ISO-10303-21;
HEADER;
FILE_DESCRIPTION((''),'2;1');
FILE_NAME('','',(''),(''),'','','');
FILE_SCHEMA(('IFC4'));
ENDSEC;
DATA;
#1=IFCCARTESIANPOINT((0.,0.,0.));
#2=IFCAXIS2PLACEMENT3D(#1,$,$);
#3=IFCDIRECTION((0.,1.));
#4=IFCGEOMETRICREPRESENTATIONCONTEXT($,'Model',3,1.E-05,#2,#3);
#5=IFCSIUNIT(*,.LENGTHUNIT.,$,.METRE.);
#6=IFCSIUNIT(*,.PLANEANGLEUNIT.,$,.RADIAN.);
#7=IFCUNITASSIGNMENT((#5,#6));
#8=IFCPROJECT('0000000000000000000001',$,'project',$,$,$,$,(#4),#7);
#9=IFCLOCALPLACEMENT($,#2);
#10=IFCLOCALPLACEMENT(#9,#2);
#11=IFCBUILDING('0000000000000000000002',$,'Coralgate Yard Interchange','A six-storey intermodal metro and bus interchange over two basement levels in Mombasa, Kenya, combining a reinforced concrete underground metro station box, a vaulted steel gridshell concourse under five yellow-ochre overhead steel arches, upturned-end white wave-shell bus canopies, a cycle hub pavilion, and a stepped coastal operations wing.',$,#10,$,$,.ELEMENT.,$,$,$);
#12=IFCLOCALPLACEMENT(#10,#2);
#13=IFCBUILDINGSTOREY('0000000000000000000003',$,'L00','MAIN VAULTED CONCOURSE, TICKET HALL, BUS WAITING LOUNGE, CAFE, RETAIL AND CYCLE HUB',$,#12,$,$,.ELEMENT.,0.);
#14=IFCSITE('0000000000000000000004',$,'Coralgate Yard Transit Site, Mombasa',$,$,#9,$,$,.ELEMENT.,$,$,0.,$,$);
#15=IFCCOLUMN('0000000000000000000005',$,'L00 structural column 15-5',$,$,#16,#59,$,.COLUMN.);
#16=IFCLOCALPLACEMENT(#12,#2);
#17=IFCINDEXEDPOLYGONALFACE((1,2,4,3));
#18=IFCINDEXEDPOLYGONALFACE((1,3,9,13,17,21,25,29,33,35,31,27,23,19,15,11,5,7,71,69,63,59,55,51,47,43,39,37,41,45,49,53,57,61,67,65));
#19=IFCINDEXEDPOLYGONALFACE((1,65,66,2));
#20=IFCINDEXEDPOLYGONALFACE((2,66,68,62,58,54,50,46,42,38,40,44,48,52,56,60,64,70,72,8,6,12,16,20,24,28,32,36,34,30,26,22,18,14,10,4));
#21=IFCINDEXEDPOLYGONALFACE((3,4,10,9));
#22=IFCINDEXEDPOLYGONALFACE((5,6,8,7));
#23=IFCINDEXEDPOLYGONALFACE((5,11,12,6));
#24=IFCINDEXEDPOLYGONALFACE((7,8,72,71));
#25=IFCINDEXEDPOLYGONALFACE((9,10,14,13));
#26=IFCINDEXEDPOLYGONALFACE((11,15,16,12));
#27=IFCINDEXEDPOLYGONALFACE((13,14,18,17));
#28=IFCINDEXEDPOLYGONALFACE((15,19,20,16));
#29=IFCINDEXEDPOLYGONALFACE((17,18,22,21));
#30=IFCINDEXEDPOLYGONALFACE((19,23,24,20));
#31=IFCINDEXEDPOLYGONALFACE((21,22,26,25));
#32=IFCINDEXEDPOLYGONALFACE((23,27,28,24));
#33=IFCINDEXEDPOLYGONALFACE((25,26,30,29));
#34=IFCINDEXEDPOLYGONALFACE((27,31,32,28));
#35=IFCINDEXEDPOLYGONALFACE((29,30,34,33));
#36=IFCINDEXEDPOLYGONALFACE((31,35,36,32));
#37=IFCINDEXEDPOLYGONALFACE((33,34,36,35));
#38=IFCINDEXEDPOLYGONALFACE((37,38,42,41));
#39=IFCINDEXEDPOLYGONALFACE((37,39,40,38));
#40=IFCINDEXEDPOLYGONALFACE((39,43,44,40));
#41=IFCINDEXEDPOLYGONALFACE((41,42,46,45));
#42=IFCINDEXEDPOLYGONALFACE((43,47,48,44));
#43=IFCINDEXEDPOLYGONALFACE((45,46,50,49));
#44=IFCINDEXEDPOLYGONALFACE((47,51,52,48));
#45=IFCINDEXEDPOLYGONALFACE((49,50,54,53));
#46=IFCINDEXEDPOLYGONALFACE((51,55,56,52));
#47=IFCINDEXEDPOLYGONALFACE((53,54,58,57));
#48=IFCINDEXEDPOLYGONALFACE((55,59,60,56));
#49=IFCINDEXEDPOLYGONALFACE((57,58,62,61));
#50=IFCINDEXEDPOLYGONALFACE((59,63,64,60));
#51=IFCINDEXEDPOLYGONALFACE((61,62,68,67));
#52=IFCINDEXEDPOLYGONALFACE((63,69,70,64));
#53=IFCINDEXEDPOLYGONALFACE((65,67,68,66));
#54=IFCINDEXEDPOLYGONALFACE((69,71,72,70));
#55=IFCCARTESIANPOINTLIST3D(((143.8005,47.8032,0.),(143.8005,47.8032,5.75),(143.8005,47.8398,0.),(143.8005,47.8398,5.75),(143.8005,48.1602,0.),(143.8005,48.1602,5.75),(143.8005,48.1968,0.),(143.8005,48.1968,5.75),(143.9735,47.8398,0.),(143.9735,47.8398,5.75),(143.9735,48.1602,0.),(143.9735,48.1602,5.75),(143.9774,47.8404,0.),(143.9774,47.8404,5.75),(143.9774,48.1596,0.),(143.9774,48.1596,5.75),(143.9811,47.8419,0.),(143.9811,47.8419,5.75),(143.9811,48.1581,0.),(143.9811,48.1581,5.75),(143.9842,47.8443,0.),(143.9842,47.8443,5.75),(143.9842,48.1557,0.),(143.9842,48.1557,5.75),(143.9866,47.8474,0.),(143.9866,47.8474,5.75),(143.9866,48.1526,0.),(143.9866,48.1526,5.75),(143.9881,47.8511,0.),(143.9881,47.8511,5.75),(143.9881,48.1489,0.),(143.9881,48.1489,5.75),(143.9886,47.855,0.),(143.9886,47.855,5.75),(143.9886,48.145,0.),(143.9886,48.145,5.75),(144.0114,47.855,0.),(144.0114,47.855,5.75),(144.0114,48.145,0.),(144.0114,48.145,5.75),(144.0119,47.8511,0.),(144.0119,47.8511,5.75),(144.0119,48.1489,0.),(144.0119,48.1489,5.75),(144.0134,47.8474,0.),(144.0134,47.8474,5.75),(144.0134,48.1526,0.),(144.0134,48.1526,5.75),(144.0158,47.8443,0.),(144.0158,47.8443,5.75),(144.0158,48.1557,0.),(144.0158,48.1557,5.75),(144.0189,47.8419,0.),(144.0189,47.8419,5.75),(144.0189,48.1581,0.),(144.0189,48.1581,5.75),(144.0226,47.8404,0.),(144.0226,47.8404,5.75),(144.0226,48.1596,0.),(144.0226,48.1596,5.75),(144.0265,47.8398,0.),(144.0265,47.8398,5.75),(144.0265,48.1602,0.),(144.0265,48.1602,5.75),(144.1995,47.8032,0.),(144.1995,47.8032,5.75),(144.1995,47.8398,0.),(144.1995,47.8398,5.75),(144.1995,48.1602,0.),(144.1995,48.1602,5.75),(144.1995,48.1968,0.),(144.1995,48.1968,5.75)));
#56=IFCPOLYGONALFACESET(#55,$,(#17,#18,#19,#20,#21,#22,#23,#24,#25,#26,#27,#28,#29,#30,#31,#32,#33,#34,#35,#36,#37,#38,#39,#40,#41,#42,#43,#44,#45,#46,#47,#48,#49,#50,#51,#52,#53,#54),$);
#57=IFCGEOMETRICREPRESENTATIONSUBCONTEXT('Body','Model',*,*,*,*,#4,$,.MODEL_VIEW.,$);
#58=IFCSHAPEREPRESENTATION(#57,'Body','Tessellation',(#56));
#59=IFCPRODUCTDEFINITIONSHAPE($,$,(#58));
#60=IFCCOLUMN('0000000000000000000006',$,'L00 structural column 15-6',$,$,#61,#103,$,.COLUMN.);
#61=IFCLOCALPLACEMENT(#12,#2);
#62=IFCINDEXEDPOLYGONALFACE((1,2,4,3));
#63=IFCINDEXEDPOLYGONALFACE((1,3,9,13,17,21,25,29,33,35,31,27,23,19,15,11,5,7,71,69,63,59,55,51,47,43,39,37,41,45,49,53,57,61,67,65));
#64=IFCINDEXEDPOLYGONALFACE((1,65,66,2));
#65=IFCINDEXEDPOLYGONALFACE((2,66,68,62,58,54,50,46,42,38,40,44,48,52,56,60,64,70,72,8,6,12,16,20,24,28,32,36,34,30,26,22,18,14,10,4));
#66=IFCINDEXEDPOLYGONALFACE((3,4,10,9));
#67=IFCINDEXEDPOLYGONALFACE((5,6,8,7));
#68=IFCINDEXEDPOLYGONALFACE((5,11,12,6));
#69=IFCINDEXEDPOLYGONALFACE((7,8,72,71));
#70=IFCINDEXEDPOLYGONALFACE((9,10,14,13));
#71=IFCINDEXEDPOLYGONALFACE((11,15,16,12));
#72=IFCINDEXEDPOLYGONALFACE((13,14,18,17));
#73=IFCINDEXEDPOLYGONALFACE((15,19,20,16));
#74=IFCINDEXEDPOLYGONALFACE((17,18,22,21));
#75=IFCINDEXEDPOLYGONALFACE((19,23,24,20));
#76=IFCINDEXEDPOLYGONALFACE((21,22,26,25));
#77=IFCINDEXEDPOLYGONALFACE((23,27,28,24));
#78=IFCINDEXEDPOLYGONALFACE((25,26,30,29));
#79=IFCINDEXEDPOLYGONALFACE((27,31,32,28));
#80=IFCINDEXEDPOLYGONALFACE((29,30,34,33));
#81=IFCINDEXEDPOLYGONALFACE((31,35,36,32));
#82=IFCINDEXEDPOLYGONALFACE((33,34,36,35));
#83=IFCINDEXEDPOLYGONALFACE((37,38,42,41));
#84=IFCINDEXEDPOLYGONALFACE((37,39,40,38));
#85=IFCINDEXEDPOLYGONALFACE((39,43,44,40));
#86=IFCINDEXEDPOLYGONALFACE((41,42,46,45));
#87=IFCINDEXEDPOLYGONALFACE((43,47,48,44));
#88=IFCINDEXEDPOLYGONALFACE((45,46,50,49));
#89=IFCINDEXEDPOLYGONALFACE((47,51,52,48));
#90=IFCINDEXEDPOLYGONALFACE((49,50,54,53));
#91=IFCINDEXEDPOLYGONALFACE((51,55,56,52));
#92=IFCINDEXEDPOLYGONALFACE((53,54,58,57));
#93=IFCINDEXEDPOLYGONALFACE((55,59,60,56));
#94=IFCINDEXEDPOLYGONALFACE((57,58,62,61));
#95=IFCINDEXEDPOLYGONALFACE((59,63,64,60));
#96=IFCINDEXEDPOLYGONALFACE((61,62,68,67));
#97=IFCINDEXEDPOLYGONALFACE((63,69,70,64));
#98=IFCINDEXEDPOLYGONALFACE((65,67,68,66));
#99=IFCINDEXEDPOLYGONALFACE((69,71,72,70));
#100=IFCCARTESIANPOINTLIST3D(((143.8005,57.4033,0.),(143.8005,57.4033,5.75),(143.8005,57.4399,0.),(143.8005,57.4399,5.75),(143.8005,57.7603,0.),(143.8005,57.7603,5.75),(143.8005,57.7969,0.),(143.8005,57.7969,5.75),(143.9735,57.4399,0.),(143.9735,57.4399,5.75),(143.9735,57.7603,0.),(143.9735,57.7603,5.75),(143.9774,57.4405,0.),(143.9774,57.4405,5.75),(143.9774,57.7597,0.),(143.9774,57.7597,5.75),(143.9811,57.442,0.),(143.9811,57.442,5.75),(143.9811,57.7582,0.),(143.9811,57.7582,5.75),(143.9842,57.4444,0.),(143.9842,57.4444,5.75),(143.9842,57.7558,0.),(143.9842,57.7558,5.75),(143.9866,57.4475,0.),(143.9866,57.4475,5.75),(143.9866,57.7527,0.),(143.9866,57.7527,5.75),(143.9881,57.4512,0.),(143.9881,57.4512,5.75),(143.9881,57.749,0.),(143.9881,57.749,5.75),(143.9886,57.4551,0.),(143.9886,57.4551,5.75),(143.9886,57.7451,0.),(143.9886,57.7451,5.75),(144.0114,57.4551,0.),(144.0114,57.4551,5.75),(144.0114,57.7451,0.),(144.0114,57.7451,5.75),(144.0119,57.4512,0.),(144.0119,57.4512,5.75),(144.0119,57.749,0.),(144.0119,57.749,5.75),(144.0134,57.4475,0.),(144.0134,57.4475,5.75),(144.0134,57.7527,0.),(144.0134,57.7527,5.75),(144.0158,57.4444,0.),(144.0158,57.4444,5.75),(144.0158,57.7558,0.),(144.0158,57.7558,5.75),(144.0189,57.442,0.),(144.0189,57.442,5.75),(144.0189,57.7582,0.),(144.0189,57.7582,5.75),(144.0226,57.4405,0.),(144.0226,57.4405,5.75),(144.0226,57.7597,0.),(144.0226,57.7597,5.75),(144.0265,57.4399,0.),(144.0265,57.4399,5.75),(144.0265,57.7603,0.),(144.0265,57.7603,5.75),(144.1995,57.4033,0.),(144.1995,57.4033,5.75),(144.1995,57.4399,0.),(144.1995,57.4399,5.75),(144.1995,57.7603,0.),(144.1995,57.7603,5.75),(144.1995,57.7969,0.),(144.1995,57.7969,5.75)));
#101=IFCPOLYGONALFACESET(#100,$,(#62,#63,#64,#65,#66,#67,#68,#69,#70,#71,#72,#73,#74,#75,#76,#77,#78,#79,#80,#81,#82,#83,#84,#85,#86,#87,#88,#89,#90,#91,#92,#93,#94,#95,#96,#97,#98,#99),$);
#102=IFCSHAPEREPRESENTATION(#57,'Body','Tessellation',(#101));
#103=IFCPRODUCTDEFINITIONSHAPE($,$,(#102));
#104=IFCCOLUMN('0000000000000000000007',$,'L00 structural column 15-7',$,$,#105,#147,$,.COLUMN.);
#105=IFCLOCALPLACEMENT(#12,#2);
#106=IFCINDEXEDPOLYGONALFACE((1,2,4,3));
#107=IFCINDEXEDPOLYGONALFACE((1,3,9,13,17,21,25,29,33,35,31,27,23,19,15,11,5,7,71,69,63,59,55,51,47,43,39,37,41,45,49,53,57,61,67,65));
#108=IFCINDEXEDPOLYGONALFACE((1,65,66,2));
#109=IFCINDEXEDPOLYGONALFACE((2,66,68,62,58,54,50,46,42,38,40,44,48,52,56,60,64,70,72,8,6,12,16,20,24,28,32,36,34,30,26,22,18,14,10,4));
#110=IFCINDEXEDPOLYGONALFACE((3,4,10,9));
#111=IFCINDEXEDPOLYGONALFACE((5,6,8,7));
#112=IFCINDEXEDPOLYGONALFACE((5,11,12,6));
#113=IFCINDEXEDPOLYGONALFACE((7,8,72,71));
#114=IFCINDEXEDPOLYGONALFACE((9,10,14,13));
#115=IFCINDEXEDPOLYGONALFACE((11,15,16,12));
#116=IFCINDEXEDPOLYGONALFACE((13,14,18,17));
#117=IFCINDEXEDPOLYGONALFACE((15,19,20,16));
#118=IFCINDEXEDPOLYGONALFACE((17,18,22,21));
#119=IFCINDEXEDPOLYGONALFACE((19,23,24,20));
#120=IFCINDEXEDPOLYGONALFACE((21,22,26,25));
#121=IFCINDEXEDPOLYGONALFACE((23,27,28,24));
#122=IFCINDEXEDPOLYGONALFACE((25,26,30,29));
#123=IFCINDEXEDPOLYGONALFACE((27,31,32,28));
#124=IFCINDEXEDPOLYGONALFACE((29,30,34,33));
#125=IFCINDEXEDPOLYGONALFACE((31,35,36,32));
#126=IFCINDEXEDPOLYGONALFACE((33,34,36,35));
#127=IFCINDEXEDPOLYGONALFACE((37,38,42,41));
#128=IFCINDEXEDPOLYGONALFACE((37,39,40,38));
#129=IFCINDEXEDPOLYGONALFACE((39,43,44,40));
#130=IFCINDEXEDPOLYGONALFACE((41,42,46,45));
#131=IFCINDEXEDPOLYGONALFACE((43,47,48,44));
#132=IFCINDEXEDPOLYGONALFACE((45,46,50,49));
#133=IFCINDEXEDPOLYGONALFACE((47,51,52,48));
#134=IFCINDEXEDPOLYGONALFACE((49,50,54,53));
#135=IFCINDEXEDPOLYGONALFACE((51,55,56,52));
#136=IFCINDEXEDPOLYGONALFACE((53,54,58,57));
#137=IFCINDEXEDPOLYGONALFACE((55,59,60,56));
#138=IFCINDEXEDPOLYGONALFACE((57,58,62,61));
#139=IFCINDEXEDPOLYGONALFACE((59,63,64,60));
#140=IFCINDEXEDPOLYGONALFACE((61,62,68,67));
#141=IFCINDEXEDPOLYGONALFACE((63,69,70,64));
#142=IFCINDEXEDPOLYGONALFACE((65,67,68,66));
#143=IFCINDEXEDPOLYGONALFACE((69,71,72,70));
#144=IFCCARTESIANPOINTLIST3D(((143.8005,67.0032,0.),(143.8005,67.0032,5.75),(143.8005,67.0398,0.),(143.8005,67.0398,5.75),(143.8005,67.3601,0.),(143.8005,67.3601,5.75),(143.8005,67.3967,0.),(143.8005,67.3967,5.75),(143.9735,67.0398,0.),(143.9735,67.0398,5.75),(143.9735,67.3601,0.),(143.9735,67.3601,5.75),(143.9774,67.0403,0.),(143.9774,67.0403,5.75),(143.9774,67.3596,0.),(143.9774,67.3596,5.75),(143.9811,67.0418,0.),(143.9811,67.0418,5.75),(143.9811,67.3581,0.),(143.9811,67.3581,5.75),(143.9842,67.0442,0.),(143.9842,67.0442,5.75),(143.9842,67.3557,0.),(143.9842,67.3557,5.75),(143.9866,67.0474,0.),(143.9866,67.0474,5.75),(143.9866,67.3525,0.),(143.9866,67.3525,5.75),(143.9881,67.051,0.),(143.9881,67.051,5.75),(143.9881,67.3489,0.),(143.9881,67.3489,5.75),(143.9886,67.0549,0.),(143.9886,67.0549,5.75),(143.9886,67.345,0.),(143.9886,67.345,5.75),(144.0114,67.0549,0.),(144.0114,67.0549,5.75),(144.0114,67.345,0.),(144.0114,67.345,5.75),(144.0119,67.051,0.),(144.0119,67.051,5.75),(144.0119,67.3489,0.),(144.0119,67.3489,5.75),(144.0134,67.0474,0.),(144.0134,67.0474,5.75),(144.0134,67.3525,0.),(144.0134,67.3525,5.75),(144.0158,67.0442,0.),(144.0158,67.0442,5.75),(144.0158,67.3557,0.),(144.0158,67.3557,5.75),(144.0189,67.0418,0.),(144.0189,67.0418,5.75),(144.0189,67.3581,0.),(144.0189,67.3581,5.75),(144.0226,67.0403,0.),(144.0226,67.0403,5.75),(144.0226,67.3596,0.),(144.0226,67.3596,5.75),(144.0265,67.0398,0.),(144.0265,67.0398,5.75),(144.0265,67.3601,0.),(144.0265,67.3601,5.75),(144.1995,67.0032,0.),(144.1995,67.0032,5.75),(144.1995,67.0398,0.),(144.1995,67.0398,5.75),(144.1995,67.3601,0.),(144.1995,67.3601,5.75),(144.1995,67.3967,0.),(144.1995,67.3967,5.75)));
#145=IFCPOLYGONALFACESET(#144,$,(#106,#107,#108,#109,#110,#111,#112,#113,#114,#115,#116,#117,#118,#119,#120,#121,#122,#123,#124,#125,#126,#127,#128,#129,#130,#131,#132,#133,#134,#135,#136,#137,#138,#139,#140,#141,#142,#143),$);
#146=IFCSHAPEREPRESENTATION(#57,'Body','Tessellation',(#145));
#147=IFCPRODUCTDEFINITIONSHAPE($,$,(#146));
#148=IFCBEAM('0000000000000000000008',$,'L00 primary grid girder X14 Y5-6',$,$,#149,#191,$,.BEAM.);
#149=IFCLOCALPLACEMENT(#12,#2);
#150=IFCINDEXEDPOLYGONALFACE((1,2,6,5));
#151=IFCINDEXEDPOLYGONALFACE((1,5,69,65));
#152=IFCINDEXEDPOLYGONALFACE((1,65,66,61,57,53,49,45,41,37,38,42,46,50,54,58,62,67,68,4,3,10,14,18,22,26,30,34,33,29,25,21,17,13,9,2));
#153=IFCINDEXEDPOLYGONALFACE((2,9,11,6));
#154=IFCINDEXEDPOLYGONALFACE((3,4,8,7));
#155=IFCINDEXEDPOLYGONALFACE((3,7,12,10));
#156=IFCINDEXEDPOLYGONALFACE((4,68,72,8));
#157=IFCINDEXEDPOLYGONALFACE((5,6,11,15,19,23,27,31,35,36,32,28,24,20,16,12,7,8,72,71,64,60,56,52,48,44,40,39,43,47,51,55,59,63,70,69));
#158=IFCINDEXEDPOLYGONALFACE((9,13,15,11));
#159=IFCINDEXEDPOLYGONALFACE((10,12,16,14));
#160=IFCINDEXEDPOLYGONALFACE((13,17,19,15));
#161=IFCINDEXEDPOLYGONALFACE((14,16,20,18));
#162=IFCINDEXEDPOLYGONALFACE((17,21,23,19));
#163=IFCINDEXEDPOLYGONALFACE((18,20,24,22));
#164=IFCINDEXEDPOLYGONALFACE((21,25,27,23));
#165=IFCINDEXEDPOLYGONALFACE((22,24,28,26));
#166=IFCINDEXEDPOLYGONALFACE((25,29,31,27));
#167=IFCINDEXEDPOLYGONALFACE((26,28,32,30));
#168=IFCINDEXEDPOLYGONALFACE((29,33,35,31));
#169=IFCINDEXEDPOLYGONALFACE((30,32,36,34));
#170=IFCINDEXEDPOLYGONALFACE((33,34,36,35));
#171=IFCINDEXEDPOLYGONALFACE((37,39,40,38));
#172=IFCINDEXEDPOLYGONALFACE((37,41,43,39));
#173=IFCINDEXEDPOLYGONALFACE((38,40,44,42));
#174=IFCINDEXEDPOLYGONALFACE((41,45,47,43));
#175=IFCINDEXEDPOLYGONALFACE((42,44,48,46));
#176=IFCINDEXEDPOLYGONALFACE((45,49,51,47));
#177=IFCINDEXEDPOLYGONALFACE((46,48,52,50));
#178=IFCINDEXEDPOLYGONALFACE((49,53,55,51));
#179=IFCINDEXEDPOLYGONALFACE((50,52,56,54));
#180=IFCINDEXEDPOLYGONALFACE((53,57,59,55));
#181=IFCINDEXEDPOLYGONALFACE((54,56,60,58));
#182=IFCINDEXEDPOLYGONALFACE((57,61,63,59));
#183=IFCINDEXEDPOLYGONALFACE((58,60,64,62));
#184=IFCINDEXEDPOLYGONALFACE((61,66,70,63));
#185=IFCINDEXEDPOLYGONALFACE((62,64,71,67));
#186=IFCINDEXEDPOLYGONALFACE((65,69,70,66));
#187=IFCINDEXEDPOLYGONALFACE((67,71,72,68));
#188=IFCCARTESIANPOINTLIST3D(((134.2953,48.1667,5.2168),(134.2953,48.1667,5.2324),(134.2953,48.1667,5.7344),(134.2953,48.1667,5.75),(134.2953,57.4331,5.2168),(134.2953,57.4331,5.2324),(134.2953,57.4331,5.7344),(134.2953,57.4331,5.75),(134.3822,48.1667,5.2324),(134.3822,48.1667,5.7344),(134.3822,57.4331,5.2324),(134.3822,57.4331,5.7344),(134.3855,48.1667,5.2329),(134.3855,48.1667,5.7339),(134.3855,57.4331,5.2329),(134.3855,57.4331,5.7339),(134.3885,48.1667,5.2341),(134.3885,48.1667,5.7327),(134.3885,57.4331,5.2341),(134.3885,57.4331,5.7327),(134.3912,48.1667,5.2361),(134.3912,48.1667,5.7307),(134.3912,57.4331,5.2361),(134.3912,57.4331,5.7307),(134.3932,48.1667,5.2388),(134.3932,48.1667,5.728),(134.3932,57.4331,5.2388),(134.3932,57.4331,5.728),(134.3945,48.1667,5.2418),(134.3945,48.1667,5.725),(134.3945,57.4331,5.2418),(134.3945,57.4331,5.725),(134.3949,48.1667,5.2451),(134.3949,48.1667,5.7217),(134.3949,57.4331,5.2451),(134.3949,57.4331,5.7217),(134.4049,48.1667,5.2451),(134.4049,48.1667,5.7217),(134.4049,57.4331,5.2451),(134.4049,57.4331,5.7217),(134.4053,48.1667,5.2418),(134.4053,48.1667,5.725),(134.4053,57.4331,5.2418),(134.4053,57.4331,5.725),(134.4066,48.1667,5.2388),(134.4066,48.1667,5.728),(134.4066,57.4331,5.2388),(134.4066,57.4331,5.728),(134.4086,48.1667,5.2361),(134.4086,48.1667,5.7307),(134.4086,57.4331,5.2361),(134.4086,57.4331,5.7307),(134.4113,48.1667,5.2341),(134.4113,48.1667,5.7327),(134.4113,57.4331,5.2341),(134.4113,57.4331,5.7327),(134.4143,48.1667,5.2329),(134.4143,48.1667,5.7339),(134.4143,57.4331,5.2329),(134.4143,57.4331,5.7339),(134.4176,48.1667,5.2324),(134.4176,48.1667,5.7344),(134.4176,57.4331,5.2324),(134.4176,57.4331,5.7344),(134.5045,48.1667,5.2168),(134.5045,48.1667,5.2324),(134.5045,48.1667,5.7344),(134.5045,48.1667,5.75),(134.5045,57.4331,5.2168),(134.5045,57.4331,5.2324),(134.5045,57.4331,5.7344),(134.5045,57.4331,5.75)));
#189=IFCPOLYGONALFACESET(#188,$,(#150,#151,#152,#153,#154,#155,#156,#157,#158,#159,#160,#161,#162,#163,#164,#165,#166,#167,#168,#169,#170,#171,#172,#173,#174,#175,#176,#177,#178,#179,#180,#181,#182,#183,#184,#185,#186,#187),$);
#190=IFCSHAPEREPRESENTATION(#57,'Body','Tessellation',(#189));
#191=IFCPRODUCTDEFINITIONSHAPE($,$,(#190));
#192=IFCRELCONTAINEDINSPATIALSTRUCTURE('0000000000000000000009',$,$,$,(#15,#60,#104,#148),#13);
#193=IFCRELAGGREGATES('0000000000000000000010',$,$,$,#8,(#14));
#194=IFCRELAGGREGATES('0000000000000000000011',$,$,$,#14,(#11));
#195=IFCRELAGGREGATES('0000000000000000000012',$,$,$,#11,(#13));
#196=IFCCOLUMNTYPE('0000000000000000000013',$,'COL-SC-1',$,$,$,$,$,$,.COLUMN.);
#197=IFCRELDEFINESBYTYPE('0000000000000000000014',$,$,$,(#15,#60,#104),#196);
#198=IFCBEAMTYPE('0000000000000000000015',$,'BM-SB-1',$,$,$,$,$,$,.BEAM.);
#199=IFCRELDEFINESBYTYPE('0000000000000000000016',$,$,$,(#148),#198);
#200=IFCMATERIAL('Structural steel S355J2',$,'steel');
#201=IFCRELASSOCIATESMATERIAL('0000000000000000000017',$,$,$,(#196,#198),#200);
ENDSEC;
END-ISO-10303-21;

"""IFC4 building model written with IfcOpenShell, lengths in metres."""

from ifc_helpers import new_model, si_unit, direction, frame, origin, origin_2d, place, context, subcontext, project, spatial, i_section, extrude, material, material_profile, profile_set, type_object, element, save


model = new_model("IFC4")

# Units and contexts
model_context = context("Model", 3, precision=1e-05, world=origin(), true_north=direction((0.0, 1.0)))
body_context = subcontext(model_context, "Body", "Model", "MODEL_VIEW")
ifc_project = project(units=[si_unit("LENGTHUNIT", "METRE"), si_unit("PLANEANGLEUNIT", "RADIAN")], contexts=[model_context])

# Site, building, storey
site_placement = place(None, origin())
site = spatial("IfcSite", under=ifc_project, at=site_placement, Name="Coralgate Yard Transit Site, Mombasa", CompositionType="ELEMENT", RefElevation=0.0)
building_placement = place(site_placement, origin())
building = spatial("IfcBuilding", under=site, at=building_placement, Name="Coralgate Yard Interchange", Description="A six-storey intermodal metro and bus interchange over two basement levels in Mombasa, Kenya, combining a reinforced concrete underground metro station box, a vaulted steel gridshell concourse under five yellow-ochre overhead steel arches, upturned-end white wave-shell bus canopies, a cycle hub pavilion, and a stepped coastal operations wing.", CompositionType="ELEMENT")
storey_placement = place(building_placement, origin())
storey = spatial("IfcBuildingStorey", under=building, at=storey_placement, Name="L00", Description="MAIN VAULTED CONCOURSE, TICKET HALL, BUS WAITING LOUNGE, CAFE, RETAIL AND CYCLE HUB", CompositionType="ELEMENT", Elevation=0.0)

# Columns
ifc_material = material(Name="Structural steel S355J2", Category="steel")
ifc_material_profile_1 = material_profile(ifc_material, i_section(OverallWidth=0.3989, OverallDepth=0.3936, WebThickness=0.0227, FlangeThickness=0.0366, FilletRadius=0.0151, at=origin_2d()), Name="UC 356x406x287")
ifc_profile_set_1 = profile_set([ifc_material_profile_1], Name="Structural steel S355J2")
column_type = type_object("IfcColumnType", Name="COL-SC-1", PredefinedType="COLUMN", material=ifc_profile_set_1)
for number, where, z_axis, x_axis, name in (
    (1, (144.0, 48.0, 0.0), (0.0, 0.0, 1.0), (1.0, 0.0, 0.0), "L00 structural column 15-5"),
    (2, (144.0, 57.6001, 0.0), (0.0, 0.0, 1.0), (1.0, 0.0, 0.0), "L00 structural column 15-6"),
    (3, (144.0, 67.2, 0.0), (0.0, 0.0, 1.0), (1.0, 0.0, 0.0), "L00 structural column 15-7"),
):
    element("IfcColumn", number, at=place(storey_placement, frame(where, z_axis=z_axis, x_axis=x_axis)), inside=storey, type_object=column_type, Name=name, PredefinedType="COLUMN", context=body_context, shape_type="SweptSolid", body=[
        extrude(i_section(OverallWidth=0.3989, OverallDepth=0.3936, WebThickness=0.0227, FlangeThickness=0.0366, FilletRadius=0.0151, at=origin_2d()), origin(), (0.0, 0.0, 1.0), 5.75),
    ])

# Beam
ifc_material_profile_2 = material_profile(ifc_material, i_section(OverallWidth=0.2092, OverallDepth=0.5332, WebThickness=0.01, FlangeThickness=0.0156, FilletRadius=0.0127, at=origin_2d()), Name="UB 533x210x92")
ifc_profile_set_2 = profile_set([ifc_material_profile_2], Name="Structural steel S355J2")
beam_type_1 = type_object("IfcBeamType", Name="BM-SB-1", PredefinedType="BEAM", material=ifc_profile_set_2)
for number, where, z_axis, x_axis, name in (
    (4, (134.3999, 48.1667, 5.4834), (0.0, 1.0, 0.0), (-1.0, 0.0, 0.0), "L00 primary grid girder X14 Y5-6"),
):
    element("IfcBeam", number, at=place(storey_placement, frame(where, z_axis=z_axis, x_axis=x_axis)), inside=storey, type_object=beam_type_1, Name=name, PredefinedType="BEAM", context=body_context, shape_type="SweptSolid", body=[
        extrude(i_section(OverallWidth=0.2092, OverallDepth=0.5332, WebThickness=0.01, FlangeThickness=0.0156, FilletRadius=0.0127, at=origin_2d()), origin(), (0.0, 0.0, 1.0), 9.2664),
    ])

save(model, "model.ifc")
